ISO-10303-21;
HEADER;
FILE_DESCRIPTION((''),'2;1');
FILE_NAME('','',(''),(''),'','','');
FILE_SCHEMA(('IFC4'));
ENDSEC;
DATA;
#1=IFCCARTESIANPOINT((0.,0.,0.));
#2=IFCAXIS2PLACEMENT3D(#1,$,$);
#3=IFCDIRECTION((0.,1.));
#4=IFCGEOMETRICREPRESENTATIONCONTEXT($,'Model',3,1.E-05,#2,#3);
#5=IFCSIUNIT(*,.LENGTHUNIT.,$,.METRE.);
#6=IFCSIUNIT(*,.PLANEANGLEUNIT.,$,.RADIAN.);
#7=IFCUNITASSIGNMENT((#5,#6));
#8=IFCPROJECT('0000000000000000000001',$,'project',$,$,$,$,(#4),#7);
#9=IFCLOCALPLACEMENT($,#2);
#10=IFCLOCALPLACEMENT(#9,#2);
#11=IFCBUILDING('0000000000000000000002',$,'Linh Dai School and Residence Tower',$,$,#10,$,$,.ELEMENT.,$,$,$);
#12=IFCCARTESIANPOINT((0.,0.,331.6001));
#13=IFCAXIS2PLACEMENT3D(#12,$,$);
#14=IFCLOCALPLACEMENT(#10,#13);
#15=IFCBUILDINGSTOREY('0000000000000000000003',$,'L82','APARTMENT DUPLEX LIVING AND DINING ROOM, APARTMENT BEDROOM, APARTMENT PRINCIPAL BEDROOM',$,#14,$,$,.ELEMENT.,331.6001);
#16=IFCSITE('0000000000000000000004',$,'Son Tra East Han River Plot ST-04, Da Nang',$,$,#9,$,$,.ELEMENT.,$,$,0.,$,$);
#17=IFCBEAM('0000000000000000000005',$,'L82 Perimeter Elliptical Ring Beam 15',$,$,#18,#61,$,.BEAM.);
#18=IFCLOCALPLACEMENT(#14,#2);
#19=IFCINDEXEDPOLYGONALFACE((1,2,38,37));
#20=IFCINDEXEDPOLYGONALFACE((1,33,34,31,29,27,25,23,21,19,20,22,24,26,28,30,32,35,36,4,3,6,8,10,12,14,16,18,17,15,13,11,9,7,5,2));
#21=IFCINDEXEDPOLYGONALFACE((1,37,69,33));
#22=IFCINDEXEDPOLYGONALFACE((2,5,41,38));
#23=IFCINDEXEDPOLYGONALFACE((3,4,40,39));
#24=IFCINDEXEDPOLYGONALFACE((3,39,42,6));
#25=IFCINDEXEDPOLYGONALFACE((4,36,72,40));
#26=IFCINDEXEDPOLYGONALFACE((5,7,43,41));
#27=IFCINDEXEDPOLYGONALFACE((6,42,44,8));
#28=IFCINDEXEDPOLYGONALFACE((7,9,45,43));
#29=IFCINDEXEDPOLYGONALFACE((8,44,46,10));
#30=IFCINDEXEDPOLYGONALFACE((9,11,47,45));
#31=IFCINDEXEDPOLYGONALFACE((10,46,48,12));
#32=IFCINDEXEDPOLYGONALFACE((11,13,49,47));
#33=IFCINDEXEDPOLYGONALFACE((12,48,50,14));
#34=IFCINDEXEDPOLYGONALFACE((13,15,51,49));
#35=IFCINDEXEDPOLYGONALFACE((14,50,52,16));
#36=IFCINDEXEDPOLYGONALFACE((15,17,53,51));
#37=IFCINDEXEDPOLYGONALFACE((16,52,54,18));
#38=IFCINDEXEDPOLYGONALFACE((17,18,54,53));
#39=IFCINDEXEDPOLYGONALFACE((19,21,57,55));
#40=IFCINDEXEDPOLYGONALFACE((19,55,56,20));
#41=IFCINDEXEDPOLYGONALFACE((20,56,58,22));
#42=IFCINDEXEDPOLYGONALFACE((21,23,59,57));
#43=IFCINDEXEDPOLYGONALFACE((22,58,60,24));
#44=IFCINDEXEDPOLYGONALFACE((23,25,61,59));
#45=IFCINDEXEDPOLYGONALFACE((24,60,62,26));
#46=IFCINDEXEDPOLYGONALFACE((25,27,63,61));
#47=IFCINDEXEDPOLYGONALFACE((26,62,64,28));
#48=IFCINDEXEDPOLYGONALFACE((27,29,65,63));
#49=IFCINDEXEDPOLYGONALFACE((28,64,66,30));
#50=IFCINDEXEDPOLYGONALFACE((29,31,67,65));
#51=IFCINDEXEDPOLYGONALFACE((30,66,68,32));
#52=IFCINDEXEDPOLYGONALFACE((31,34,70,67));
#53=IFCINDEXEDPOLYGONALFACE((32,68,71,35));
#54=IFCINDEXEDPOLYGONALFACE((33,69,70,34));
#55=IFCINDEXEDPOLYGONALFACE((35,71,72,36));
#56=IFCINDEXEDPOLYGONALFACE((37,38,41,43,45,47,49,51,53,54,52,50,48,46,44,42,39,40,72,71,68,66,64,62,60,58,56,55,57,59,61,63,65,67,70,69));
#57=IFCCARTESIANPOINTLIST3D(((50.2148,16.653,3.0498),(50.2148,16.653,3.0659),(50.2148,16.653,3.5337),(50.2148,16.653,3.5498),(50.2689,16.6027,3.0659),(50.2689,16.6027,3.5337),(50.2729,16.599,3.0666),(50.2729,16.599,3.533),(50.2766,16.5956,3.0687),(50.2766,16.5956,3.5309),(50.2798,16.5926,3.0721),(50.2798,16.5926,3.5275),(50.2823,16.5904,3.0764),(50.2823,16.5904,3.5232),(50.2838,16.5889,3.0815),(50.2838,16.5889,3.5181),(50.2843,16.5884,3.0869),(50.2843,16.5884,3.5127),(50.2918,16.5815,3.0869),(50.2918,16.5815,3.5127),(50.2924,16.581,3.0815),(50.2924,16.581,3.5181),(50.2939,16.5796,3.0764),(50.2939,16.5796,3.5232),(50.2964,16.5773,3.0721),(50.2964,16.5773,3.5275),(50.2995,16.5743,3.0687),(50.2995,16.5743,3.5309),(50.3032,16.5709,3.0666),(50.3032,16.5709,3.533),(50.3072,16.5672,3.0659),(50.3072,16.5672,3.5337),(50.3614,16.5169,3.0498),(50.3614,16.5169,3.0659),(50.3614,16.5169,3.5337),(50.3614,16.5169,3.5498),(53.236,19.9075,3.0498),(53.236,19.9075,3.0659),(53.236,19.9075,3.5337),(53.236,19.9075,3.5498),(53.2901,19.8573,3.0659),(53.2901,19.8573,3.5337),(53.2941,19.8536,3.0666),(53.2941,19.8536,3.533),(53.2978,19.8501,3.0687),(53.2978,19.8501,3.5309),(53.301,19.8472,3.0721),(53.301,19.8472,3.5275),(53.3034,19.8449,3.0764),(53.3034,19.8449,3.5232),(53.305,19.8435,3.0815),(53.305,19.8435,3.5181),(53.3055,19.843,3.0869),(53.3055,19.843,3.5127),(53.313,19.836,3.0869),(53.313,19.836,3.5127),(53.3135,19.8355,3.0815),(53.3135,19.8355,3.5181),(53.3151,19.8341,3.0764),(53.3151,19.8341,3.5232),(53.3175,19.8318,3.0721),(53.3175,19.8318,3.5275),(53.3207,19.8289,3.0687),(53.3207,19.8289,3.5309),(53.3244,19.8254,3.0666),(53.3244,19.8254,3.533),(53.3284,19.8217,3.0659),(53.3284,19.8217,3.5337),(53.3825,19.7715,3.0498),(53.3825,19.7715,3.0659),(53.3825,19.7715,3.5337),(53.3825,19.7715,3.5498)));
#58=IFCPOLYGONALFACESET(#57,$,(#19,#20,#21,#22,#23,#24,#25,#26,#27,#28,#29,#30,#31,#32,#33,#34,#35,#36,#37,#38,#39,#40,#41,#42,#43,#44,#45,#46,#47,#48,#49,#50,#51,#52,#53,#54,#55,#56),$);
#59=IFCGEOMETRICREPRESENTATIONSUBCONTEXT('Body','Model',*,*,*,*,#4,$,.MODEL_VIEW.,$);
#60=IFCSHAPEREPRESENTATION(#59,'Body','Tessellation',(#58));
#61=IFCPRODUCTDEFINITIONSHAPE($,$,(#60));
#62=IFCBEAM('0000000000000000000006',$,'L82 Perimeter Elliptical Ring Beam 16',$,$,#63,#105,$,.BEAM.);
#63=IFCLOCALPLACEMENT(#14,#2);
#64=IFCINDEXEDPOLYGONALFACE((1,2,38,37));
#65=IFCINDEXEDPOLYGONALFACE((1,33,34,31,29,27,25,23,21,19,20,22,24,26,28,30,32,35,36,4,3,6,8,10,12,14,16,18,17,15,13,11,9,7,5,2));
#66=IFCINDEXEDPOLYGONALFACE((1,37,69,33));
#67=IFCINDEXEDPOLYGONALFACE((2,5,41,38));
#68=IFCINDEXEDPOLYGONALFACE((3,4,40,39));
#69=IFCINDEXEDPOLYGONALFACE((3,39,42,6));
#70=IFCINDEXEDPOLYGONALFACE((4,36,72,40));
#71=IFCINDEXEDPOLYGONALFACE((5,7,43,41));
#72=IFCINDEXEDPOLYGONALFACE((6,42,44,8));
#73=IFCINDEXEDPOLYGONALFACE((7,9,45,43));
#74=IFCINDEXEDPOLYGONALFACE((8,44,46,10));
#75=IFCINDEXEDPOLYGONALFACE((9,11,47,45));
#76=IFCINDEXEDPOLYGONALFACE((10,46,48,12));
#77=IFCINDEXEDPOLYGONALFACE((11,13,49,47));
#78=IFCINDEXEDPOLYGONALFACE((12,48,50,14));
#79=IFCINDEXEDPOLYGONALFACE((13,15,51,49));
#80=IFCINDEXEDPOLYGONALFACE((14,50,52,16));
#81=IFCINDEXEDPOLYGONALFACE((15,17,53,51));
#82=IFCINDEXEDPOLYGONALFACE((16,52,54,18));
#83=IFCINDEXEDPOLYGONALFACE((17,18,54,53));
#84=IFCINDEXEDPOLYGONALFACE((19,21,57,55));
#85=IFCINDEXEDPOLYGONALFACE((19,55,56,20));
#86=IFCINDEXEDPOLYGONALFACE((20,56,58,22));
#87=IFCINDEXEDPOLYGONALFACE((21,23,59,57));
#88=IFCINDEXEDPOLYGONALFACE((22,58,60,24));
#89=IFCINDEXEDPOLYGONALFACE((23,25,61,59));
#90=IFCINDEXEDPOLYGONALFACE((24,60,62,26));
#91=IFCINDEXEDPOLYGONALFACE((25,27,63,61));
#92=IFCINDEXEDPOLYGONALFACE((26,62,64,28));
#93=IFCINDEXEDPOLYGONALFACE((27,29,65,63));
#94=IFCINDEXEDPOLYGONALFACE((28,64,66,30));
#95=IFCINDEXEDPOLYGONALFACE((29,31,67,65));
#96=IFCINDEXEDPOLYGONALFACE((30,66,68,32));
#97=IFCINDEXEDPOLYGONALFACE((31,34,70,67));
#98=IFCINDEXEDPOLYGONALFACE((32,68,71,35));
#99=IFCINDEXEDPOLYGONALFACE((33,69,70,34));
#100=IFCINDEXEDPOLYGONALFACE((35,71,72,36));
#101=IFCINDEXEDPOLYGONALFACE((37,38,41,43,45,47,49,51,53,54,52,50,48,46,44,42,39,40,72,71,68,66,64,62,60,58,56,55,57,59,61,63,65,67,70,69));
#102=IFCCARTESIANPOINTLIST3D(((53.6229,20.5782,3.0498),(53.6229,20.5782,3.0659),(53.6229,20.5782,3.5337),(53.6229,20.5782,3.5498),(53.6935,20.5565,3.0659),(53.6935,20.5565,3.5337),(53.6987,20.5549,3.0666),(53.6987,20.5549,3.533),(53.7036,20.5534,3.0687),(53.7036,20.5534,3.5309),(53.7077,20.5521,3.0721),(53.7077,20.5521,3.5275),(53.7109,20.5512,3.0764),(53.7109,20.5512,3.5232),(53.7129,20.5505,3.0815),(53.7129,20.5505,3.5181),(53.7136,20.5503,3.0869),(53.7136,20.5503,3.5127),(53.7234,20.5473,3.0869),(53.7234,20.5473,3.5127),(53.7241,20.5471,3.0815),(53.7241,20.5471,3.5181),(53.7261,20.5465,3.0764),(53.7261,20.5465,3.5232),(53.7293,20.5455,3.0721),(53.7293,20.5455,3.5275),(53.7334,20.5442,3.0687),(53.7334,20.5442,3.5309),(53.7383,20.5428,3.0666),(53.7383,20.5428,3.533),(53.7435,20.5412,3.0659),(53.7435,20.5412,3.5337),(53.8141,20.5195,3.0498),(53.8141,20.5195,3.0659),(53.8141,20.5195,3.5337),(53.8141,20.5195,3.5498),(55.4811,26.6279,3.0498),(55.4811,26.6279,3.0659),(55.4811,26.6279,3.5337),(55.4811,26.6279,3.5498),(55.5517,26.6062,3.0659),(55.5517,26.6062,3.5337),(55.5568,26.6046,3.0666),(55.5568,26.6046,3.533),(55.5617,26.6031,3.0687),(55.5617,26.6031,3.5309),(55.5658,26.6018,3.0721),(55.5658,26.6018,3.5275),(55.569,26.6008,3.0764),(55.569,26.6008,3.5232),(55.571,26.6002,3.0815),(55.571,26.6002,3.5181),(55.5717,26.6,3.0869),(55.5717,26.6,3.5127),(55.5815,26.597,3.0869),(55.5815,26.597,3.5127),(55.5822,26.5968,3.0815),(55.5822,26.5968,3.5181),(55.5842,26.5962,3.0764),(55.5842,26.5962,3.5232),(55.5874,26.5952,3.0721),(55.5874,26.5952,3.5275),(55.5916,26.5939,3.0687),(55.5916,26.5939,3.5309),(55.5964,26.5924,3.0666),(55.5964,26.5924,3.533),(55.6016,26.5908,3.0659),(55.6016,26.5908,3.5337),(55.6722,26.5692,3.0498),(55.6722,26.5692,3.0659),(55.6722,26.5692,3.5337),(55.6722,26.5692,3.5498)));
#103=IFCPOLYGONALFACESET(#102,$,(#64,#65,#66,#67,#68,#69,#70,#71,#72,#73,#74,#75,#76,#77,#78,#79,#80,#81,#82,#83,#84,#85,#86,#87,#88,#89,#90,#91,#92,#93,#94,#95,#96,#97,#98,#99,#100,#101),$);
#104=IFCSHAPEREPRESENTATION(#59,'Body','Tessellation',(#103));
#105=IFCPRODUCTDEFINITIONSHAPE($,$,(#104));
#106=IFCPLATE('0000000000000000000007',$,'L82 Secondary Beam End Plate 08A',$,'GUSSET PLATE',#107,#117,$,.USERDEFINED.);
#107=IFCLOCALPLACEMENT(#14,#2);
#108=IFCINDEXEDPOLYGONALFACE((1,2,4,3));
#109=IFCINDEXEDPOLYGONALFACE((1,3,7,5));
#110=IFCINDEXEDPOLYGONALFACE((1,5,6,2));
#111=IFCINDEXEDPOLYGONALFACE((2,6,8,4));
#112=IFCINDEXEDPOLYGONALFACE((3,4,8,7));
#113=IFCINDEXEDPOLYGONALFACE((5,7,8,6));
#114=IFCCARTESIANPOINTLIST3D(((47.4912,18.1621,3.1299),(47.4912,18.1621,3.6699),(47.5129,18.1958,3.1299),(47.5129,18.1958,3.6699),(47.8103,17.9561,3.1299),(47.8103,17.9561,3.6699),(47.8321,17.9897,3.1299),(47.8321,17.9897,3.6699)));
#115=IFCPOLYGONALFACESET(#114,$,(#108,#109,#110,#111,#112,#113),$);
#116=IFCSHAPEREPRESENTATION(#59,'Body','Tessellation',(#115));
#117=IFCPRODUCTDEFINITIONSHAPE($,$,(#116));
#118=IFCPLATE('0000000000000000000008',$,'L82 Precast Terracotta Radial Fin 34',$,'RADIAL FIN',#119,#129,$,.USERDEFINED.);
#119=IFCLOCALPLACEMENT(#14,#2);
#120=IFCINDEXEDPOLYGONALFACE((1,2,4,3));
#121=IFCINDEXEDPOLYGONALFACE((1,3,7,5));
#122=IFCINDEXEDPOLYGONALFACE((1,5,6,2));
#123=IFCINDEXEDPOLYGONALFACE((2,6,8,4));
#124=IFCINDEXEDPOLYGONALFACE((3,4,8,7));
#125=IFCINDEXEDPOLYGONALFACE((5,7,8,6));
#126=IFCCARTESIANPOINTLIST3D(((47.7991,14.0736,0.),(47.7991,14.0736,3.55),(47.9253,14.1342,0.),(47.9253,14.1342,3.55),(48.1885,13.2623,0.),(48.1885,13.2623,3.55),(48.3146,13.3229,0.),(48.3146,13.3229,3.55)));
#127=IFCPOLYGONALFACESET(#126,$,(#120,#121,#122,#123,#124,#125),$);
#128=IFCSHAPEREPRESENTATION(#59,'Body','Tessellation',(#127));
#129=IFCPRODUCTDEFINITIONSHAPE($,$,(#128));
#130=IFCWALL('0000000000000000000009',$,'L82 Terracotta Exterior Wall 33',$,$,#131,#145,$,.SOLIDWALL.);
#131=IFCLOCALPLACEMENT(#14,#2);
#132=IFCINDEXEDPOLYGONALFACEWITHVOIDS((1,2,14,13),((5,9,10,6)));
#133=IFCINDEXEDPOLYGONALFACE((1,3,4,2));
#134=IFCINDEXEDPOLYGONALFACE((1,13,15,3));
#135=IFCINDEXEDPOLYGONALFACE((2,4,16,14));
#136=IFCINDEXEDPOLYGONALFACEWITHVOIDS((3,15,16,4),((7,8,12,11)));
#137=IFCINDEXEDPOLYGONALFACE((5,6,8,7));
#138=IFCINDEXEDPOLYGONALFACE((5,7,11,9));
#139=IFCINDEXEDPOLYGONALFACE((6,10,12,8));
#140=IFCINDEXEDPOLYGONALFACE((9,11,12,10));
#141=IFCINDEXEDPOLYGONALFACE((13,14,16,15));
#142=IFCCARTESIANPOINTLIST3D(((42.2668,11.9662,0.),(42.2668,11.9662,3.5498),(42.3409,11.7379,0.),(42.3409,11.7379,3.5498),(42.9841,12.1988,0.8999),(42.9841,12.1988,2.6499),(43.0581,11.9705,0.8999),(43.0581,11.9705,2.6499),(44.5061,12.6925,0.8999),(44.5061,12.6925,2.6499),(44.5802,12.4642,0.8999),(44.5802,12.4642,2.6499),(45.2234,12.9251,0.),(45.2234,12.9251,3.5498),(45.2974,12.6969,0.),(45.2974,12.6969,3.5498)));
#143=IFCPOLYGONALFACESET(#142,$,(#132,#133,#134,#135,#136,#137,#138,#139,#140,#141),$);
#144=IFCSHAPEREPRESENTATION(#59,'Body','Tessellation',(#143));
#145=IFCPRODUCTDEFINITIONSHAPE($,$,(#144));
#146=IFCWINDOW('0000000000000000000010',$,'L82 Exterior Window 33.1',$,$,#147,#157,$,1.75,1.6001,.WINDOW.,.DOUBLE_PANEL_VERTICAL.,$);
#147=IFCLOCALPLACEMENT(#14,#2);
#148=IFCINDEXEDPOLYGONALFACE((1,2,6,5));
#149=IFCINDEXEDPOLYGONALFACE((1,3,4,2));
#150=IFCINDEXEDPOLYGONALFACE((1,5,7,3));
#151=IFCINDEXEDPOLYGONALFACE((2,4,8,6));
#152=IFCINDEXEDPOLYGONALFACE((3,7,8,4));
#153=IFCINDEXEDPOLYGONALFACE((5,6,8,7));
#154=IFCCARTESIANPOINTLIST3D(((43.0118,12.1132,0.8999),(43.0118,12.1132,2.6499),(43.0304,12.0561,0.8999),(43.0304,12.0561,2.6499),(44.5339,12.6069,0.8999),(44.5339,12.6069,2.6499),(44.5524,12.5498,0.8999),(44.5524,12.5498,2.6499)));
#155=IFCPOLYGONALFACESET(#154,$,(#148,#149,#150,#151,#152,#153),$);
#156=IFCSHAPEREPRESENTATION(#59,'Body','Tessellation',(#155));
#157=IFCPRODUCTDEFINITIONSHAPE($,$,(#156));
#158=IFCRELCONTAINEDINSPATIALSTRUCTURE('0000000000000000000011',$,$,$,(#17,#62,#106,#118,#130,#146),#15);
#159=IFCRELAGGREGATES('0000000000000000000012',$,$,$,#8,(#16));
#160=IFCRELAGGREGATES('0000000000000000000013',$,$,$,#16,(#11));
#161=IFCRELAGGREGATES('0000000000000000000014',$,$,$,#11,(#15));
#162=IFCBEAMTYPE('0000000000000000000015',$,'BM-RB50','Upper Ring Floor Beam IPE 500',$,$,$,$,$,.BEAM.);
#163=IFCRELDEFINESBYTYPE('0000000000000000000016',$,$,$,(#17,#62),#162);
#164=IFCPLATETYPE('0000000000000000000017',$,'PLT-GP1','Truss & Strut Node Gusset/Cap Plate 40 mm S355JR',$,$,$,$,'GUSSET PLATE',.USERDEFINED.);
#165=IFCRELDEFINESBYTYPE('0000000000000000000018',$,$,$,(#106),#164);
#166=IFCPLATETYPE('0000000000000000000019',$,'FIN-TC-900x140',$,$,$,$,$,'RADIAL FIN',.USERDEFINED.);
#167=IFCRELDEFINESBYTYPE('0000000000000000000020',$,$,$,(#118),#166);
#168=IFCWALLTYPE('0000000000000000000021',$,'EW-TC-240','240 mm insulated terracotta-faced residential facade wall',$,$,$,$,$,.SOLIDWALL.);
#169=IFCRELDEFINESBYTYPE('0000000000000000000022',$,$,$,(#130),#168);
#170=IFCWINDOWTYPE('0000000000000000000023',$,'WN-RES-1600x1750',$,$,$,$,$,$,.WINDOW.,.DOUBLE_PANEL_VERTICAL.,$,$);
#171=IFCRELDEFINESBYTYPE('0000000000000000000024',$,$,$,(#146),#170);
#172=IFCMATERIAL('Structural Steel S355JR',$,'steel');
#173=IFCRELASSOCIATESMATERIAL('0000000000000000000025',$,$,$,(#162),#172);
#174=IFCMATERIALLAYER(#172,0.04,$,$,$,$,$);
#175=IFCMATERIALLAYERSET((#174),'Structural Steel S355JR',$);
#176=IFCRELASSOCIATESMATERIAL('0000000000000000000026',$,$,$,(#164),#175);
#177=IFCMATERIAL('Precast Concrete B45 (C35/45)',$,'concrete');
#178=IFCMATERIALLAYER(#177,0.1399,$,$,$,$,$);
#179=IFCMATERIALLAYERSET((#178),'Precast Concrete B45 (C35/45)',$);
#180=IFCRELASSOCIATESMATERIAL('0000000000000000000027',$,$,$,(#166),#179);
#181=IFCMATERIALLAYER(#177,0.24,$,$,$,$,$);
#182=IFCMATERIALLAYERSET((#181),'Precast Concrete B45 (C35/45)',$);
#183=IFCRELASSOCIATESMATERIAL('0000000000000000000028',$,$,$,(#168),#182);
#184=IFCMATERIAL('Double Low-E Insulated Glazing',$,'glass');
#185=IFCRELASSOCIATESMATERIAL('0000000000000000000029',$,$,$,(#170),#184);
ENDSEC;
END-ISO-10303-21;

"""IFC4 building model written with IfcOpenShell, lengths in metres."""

from ifc_helpers import new_model, si_unit, direction, frame, frame_2d, origin, origin_2d, place, context, subcontext, project, spatial, rectangle, i_section, extrude, source, transform, mapped, material, layer, layer_set, material_profile, profile_set, type_object, element, fill, save


model = new_model("IFC4")

# Units and contexts
model_context = context("Model", 3, precision=1e-05, world=origin(), true_north=direction((0.0, 1.0)))
body_context = subcontext(model_context, "Body", "Model", "MODEL_VIEW")
ifc_project = project(units=[si_unit("LENGTHUNIT", "METRE"), si_unit("PLANEANGLEUNIT", "RADIAN")], contexts=[model_context])

# Site, building, storey
site_placement = place(None, origin())
site = spatial("IfcSite", under=ifc_project, at=site_placement, Name="Son Tra East Han River Plot ST-04, Da Nang", CompositionType="ELEMENT", RefElevation=0.0)
building_placement = place(site_placement, origin())
building = spatial("IfcBuilding", under=site, at=building_placement, Name="Linh Dai School and Residence Tower", CompositionType="ELEMENT")
storey_placement = place(building_placement, frame((0.0, 0.0, 331.6001)))
storey = spatial("IfcBuildingStorey", under=building, at=storey_placement, Name="L82", Description="APARTMENT DUPLEX LIVING AND DINING ROOM, APARTMENT BEDROOM, APARTMENT PRINCIPAL BEDROOM", CompositionType="ELEMENT", Elevation=331.6001)

# Shared definitions
ifc_material_1 = material(Name="Structural Steel S355JR", Category="steel")

# Beams
ifc_material_profile_1 = material_profile(ifc_material_1, i_section(OverallWidth=0.2, OverallDepth=0.5, WebThickness=0.0103, FlangeThickness=0.0161, FilletRadius=0.021, at=origin_2d()), Name="IPE 500")
ifc_profile_set_1 = profile_set([ifc_material_profile_1], Name="Structural Steel S355JR")
beam_type_1 = type_object("IfcBeamType", Name="BM-RB50", Description="Upper Ring Floor Beam IPE 500", PredefinedType="BEAM", material=ifc_profile_set_1)
beam_1_placement = place(storey_placement, frame((50.2881, 16.585, 3.2998), z_axis=(0.680339, 0.732897, 0.0), x_axis=(-0.732897, 0.680339, 0.0)))
element("IfcBeam", 1, at=beam_1_placement, inside=storey, type_object=beam_type_1, Name="L82 Perimeter Elliptical Ring Beam 15", PredefinedType="BEAM", context=body_context, shape_type="SweptSolid", body=[
    extrude(i_section(OverallWidth=0.2, OverallDepth=0.5, WebThickness=0.0103, FlangeThickness=0.0161, FilletRadius=0.021, at=origin_2d()), origin(), (0.0, 0.0, 1.0), 4.4407),
])
beam_2_placement = place(storey_placement, frame((53.7185, 20.5488, 3.2998), z_axis=(0.293606, 0.955927, 0.0), x_axis=(-0.955927, 0.293606, 0.0)))
element("IfcBeam", 2, at=beam_2_placement, inside=storey, type_object=beam_type_1, Name="L82 Perimeter Elliptical Ring Beam 16", PredefinedType="BEAM", context=body_context, shape_type="SweptSolid", body=[
    extrude(i_section(OverallWidth=0.2, OverallDepth=0.5, WebThickness=0.0103, FlangeThickness=0.0161, FilletRadius=0.021, at=origin_2d()), origin(), (0.0, 0.0, 1.0), 6.3286),
])

# Plates
ifc_layer_1 = layer(ifc_material_1, 0.04)
ifc_layer_set_1 = layer_set([ifc_layer_1], Name="Structural Steel S355JR")
plate_type_1 = type_object("IfcPlateType", Name="PLT-GP1", Description="Truss & Strut Node Gusset/Cap Plate 40 mm S355JR", ElementType="GUSSET PLATE", PredefinedType="USERDEFINED", material=ifc_layer_set_1)
shared_shape_1 = source(origin(), body_context, "Body", "SweptSolid", [
    extrude(rectangle(XDim=0.04, YDim=0.3799, at=origin_2d()), origin(), (0.0, 0.0, 1.0), 0.54),
])
plate_1_placement = place(storey_placement, frame((47.6616, 18.0759, 3.1299), z_axis=(0.0, 0.0, 1.0), x_axis=(0.542322, 0.840171, 0.0)))
element("IfcPlate", 3, at=plate_1_placement, inside=storey, type_object=plate_type_1, Name="L82 Secondary Beam End Plate 08A", ObjectType="GUSSET PLATE", PredefinedType="USERDEFINED", context=body_context, shape_type="MappedRepresentation", body=[
    mapped(shared_shape_1, transform((0.0, 0.0, 0.0), x_axis=(1.0, 0.0, 0.0), y_axis=(0.0, 1.0, 0.0), z_axis=(0.0, 0.0, 1.0), scale=1.0)),
])
ifc_material_2 = material(Name="Precast Concrete B45 (C35/45)", Category="concrete")
ifc_layer_2 = layer(ifc_material_2, 0.1399)
ifc_layer_set_2 = layer_set([ifc_layer_2], Name="Precast Concrete B45 (C35/45)")
plate_type_2 = type_object("IfcPlateType", Name="FIN-TC-900x140", ElementType="RADIAL FIN", PredefinedType="USERDEFINED", material=ifc_layer_set_2)
shared_shape_2 = source(origin(), body_context, "Body", "SweptSolid", [
    extrude(rectangle(XDim=0.8999, YDim=0.1399, at=origin_2d()), origin(), (0.0, 0.0, 1.0), 3.55),
])
plate_2_placement = place(storey_placement, frame((48.0569, 13.6982, 0.0), z_axis=(0.0, 0.0, 1.0), x_axis=(0.432674, -0.901551, 0.0)))
element("IfcPlate", 4, at=plate_2_placement, inside=storey, type_object=plate_type_2, Name="L82 Precast Terracotta Radial Fin 34", ObjectType="RADIAL FIN", PredefinedType="USERDEFINED", context=body_context, shape_type="MappedRepresentation", body=[
    mapped(shared_shape_2, transform((0.0, 0.0, 0.0), x_axis=(1.0, 0.0, 0.0), y_axis=(0.0, 1.0, 0.0), z_axis=(0.0, 0.0, 1.0), scale=1.0)),
])

# Wall, opening, window
ifc_layer_3 = layer(ifc_material_2, 0.24)
ifc_layer_set_3 = layer_set([ifc_layer_3], Name="Precast Concrete B45 (C35/45)")
wall_type_1 = type_object("IfcWallType", Name="EW-TC-240", Description="240 mm insulated terracotta-faced residential facade wall", PredefinedType="SOLIDWALL", material=ifc_layer_set_3)
wall_1_placement = place(storey_placement, frame((45.2605, 12.811, 0.0), z_axis=(0.0, 0.0, 1.0), x_axis=(-0.951213, -0.308535, 0.0)))
wall_1 = element("IfcWall", 5, at=wall_1_placement, inside=storey, type_object=wall_type_1, Name="L82 Terracotta Exterior Wall 33", PredefinedType="SOLIDWALL", context=body_context, shape_type="SweptSolid", body=[
    extrude(rectangle(XDim=3.1082, YDim=0.24, at=frame_2d((1.5542, 0.0))), origin(), (0.0, 0.0, 1.0), 3.5498),
])
opening_1_placement = place(wall_1_placement, frame((0.7542, 0.0, 0.8999)))
opening_1 = element("IfcOpeningElement", 6, at=opening_1_placement, cuts=wall_1, PredefinedType="OPENING", context=body_context, shape_type="SweptSolid", body=[
    extrude(rectangle(XDim=1.6001, YDim=1.75, at=origin_2d()), frame((0.8, 0.1299, 0.875), z_axis=(0.0, -1.0, 0.0), x_axis=(1.0, 0.0, 0.0)), (0.0, 0.0, 1.0), 0.26),
])
ifc_material_3 = material(Name="Double Low-E Insulated Glazing", Category="glass")
window_type_1 = type_object("IfcWindowType", Name="WN-RES-1600x1750", PartitioningType="DOUBLE_PANEL_VERTICAL", PredefinedType="WINDOW", material=ifc_material_3)
shared_shape_3 = source(origin(), body_context, "Body", "SweptSolid", [
    extrude(rectangle(XDim=1.6001, YDim=1.75, at=origin_2d()), frame((0.8, 0.03, 0.875), z_axis=(0.0, -1.0, 0.0), x_axis=(1.0, 0.0, 0.0)), (0.0, 0.0, 1.0), 0.0601),
])
window_1_placement = place(opening_1_placement, origin())
window_1 = element("IfcWindow", 7, at=window_1_placement, inside=storey, type_object=window_type_1, Name="L82 Exterior Window 33.1", OverallHeight=1.75, OverallWidth=1.6001, PartitioningType="DOUBLE_PANEL_VERTICAL", PredefinedType="WINDOW", context=body_context, shape_type="MappedRepresentation", body=[
    mapped(shared_shape_3, transform((0.0, 0.0, 0.0), x_axis=(1.0, 0.0, 0.0), y_axis=(0.0, 1.0, 0.0), z_axis=(0.0, 0.0, 1.0), scale=1.0)),
])
fill(opening_1, window_1)

save(model, "model.ifc")
